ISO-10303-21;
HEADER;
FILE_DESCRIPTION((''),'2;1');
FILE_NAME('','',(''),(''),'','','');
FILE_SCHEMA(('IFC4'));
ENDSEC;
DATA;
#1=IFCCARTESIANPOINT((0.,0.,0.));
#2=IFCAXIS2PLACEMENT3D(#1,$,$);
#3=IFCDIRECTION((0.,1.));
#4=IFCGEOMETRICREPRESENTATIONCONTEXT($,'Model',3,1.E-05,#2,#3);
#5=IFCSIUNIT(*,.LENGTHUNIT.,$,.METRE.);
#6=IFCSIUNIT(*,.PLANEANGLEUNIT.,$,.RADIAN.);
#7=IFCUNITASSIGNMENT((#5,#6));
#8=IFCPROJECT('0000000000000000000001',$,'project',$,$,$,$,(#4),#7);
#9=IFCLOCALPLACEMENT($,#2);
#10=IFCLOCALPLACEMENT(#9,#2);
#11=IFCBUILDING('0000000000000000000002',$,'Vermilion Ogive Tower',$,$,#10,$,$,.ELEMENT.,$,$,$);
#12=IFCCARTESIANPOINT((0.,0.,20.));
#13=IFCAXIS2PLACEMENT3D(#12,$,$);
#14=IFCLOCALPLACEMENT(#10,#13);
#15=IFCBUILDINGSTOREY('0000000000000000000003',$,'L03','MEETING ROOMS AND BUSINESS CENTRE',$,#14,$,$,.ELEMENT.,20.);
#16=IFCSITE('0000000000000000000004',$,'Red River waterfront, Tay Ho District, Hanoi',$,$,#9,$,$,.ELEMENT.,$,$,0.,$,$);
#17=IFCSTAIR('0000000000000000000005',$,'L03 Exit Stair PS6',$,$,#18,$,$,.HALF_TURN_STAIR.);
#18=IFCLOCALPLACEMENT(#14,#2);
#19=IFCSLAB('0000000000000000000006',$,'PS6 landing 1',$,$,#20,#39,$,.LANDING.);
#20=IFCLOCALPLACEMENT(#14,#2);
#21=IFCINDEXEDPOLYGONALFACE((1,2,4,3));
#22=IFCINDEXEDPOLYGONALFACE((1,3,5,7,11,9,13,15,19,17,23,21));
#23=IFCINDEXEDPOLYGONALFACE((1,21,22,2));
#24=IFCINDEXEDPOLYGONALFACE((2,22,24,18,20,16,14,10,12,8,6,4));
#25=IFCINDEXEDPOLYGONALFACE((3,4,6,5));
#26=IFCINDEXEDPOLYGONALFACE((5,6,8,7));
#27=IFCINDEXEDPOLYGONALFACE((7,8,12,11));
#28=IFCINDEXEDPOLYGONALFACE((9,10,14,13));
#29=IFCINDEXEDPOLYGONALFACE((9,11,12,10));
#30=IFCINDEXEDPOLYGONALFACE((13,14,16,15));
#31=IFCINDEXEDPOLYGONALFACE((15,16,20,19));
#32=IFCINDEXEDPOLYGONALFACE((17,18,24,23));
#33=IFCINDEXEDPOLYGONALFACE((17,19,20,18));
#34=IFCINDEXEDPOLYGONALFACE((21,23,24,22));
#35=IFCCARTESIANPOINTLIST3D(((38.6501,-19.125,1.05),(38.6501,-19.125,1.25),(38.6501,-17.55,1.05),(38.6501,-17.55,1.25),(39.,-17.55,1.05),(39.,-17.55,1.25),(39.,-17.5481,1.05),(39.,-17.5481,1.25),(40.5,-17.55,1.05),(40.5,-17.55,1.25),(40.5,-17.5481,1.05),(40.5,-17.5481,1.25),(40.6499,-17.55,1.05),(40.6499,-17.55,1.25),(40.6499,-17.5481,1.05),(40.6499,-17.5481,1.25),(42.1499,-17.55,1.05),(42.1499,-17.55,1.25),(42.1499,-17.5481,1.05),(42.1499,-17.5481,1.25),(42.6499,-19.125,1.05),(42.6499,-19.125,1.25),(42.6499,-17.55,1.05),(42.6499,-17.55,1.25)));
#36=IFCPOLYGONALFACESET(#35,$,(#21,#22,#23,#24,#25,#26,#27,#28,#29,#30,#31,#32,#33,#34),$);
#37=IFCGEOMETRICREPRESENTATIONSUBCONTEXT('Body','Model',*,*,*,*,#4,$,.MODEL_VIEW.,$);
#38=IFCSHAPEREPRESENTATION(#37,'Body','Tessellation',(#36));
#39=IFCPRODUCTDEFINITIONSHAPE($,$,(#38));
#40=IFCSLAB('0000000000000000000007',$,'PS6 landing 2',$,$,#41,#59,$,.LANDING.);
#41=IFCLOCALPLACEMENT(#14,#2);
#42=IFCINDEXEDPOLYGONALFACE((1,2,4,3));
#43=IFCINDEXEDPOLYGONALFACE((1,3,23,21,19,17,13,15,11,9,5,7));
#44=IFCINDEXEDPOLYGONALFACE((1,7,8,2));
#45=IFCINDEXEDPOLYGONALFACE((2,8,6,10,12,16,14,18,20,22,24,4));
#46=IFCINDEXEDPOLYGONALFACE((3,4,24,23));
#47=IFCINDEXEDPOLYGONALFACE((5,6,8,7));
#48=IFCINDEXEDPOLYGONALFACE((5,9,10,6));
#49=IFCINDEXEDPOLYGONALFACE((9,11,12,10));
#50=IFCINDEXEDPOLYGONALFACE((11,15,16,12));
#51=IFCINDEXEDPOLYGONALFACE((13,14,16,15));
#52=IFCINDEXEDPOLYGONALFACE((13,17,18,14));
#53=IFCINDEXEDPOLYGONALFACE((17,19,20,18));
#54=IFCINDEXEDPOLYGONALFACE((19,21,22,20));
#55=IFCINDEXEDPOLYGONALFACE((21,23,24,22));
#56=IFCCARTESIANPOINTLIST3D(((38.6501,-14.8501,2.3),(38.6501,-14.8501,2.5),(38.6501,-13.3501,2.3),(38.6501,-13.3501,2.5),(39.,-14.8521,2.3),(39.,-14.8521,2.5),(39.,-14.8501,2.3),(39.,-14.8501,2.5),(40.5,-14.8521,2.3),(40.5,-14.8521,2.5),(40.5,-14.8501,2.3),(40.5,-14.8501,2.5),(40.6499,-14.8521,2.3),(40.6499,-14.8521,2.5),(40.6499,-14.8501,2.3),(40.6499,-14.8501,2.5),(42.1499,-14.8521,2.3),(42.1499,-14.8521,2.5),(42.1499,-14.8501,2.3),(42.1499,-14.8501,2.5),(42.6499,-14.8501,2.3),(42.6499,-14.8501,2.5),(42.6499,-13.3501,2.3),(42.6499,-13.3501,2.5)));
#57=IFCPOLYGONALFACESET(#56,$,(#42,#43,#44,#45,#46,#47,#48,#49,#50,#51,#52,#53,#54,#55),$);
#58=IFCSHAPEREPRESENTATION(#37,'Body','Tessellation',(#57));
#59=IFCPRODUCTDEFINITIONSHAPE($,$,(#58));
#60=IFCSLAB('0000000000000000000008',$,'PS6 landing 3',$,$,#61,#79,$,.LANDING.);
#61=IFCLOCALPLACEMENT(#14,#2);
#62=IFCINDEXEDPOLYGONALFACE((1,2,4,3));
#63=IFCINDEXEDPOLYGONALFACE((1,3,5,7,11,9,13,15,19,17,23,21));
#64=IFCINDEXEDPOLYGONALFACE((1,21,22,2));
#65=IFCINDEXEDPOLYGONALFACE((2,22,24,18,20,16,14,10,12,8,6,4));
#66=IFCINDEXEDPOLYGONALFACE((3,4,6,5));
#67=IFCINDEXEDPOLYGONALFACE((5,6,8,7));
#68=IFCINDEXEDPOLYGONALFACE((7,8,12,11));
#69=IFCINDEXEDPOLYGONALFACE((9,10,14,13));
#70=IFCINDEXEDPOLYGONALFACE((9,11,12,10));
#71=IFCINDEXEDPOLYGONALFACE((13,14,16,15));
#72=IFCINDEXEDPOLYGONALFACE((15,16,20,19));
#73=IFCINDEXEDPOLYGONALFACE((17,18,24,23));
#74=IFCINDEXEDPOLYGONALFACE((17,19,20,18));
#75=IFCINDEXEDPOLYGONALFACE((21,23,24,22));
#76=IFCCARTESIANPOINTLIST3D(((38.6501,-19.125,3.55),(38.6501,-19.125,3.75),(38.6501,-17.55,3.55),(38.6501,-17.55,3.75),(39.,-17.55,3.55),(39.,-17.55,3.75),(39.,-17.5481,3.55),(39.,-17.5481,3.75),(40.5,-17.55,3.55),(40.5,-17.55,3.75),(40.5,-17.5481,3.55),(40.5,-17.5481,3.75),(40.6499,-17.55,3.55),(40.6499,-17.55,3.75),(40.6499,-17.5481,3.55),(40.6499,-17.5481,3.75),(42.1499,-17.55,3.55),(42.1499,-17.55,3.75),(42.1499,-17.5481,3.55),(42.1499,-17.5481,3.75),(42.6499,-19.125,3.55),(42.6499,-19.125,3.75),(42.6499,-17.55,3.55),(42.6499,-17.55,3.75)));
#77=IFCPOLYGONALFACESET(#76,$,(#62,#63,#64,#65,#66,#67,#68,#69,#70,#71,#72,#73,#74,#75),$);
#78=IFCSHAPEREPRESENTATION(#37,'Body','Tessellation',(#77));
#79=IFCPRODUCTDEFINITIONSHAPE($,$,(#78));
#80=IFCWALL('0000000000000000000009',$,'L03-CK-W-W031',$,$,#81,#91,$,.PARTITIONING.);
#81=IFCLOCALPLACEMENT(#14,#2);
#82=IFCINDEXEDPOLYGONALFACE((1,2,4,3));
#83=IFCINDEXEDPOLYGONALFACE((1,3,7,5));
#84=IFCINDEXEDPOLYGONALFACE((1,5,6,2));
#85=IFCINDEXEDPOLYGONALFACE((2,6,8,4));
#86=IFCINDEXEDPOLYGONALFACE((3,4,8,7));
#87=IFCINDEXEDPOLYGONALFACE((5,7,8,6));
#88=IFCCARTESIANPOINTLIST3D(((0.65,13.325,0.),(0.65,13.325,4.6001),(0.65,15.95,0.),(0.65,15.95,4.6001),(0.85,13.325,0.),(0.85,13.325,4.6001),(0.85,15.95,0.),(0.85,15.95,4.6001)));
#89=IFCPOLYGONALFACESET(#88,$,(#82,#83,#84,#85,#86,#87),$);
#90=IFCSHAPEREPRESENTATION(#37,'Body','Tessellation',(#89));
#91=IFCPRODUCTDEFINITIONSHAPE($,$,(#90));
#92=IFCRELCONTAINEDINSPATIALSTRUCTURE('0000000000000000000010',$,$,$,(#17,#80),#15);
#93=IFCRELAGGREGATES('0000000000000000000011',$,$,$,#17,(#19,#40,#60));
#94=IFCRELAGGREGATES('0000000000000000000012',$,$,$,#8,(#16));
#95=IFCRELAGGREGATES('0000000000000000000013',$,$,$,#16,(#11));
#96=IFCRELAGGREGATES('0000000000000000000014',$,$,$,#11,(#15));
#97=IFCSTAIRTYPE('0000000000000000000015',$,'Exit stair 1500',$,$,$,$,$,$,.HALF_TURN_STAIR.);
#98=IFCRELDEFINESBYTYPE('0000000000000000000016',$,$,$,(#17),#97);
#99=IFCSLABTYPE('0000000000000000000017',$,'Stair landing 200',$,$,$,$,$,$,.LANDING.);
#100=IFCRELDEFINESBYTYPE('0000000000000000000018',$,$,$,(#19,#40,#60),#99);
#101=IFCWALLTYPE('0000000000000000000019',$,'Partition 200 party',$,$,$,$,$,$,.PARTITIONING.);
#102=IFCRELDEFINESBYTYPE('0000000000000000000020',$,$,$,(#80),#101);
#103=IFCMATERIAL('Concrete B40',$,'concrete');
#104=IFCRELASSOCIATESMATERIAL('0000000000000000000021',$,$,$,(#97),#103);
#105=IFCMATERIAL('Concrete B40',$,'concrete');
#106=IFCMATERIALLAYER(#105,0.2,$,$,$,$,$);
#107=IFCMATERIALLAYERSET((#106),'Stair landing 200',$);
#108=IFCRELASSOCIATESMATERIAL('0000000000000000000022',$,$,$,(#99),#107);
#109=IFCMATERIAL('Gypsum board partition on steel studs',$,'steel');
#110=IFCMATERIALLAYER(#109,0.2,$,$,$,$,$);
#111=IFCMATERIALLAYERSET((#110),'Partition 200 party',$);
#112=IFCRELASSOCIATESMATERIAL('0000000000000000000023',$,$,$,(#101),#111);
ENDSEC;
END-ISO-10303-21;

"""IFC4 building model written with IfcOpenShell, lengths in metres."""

from ifc_helpers import new_model, si_unit, direction, frame, frame_2d, origin, place, context, subcontext, project, spatial, polyline, rectangle, outline, extrude, material, layer, layer_set, type_object, element, aggregate, save


model = new_model("IFC4")

# Units and contexts
model_context = context("Model", 3, precision=1e-05, world=origin(), true_north=direction((0.0, 1.0)))
body_context = subcontext(model_context, "Body", "Model", "MODEL_VIEW")
ifc_project = project(units=[si_unit("LENGTHUNIT", "METRE"), si_unit("PLANEANGLEUNIT", "RADIAN")], contexts=[model_context])

# Site, building, storey
site_placement = place(None, origin())
site = spatial("IfcSite", under=ifc_project, at=site_placement, Name="Red River waterfront, Tay Ho District, Hanoi", CompositionType="ELEMENT", RefElevation=0.0)
building_placement = place(site_placement, origin())
building = spatial("IfcBuilding", under=site, at=building_placement, Name="Vermilion Ogive Tower", CompositionType="ELEMENT")
storey_placement = place(building_placement, frame((0.0, 0.0, 20.0)))
storey = spatial("IfcBuildingStorey", under=building, at=storey_placement, Name="L03", Description="MEETING ROOMS AND BUSINESS CENTRE", CompositionType="ELEMENT", Elevation=20.0)

# Shared definitions
ifc_material_1 = material(Name="Concrete B40", Category="concrete")
stair_type = type_object("IfcStairType", Name="Exit stair 1500", PredefinedType="HALF_TURN_STAIR", material=ifc_material_1)
ifc_material_2 = material(Name="Concrete B40", Category="concrete")
ifc_layer_1 = layer(ifc_material_2, 0.2)
ifc_layer_set_1 = layer_set([ifc_layer_1], Name="Stair landing 200")
slab_type_1 = type_object("IfcSlabType", Name="Stair landing 200", PredefinedType="LANDING", material=ifc_layer_set_1)

# Stair, slabs
stair_1_placement = place(storey_placement, origin())
stair_1 = element("IfcStair", 1, at=stair_1_placement, inside=storey, type_object=stair_type, Name="L03 Exit Stair PS6", PredefinedType="HALF_TURN_STAIR")
slab_1_placement = place(storey_placement, frame((0.0, 0.0, 1.05)))
slab_1 = element("IfcSlab", 2, at=slab_1_placement, type_object=slab_type_1, Name="PS6 landing 1", PredefinedType="LANDING", context=body_context, shape_type="SweptSolid", body=[
    extrude(outline(polyline([(42.6499, -17.55), (42.1499, -17.55), (42.1499, -17.5481), (40.6499, -17.5481), (40.6499, -17.55), (40.5, -17.55), (40.5, -17.5481), (39.0, -17.5481), (39.0, -17.55), (38.6501, -17.55), (38.6501, -19.125), (42.6499, -19.125), (42.6499, -17.55)])), origin(), (0.0, 0.0, 1.0), 0.2),
])
slab_2_placement = place(storey_placement, frame((0.0, 0.0, 2.3)))
slab_2 = element("IfcSlab", 3, at=slab_2_placement, type_object=slab_type_1, Name="PS6 landing 2", PredefinedType="LANDING", context=body_context, shape_type="SweptSolid", body=[
    extrude(outline(polyline([(38.6501, -14.8501), (39.0, -14.8501), (39.0, -14.8521), (40.5, -14.8521), (40.5, -14.8501), (40.6499, -14.8501), (40.6499, -14.8521), (42.1499, -14.8521), (42.1499, -14.8501), (42.6499, -14.8501), (42.6499, -13.3501), (38.6501, -13.3501), (38.6501, -14.8501)])), origin(), (0.0, 0.0, 1.0), 0.2),
])
slab_3_placement = place(storey_placement, frame((0.0, 0.0, 3.55)))
slab_3 = element("IfcSlab", 4, at=slab_3_placement, type_object=slab_type_1, Name="PS6 landing 3", PredefinedType="LANDING", context=body_context, shape_type="SweptSolid", body=[
    extrude(outline(polyline([(42.6499, -17.55), (42.1499, -17.55), (42.1499, -17.5481), (40.6499, -17.5481), (40.6499, -17.55), (40.5, -17.55), (40.5, -17.5481), (39.0, -17.5481), (39.0, -17.55), (38.6501, -17.55), (38.6501, -19.125), (42.6499, -19.125), (42.6499, -17.55)])), origin(), (0.0, 0.0, 1.0), 0.2),
])
aggregate(stair_1, [slab_1, slab_2, slab_3])

# Wall
ifc_material_3 = material(Name="Gypsum board partition on steel studs", Category="steel")
ifc_layer_2 = layer(ifc_material_3, 0.2)
ifc_layer_set_2 = layer_set([ifc_layer_2], Name="Partition 200 party")
wall_type = type_object("IfcWallType", Name="Partition 200 party", PredefinedType="PARTITIONING", material=ifc_layer_set_2)
wall_placement = place(storey_placement, frame((0.75, 13.325, 0.0), z_axis=(0.0, 0.0, 1.0), x_axis=(0.0, 1.0, 0.0)))
element("IfcWall", 5, at=wall_placement, inside=storey, type_object=wall_type, Name="L03-CK-W-W031", PredefinedType="PARTITIONING", context=body_context, shape_type="SweptSolid", body=[
    extrude(rectangle(XDim=2.625, YDim=0.2, at=frame_2d((1.3125, 0.0))), origin(), (0.0, 0.0, 1.0), 4.6001),
])

save(model, "model.ifc")
